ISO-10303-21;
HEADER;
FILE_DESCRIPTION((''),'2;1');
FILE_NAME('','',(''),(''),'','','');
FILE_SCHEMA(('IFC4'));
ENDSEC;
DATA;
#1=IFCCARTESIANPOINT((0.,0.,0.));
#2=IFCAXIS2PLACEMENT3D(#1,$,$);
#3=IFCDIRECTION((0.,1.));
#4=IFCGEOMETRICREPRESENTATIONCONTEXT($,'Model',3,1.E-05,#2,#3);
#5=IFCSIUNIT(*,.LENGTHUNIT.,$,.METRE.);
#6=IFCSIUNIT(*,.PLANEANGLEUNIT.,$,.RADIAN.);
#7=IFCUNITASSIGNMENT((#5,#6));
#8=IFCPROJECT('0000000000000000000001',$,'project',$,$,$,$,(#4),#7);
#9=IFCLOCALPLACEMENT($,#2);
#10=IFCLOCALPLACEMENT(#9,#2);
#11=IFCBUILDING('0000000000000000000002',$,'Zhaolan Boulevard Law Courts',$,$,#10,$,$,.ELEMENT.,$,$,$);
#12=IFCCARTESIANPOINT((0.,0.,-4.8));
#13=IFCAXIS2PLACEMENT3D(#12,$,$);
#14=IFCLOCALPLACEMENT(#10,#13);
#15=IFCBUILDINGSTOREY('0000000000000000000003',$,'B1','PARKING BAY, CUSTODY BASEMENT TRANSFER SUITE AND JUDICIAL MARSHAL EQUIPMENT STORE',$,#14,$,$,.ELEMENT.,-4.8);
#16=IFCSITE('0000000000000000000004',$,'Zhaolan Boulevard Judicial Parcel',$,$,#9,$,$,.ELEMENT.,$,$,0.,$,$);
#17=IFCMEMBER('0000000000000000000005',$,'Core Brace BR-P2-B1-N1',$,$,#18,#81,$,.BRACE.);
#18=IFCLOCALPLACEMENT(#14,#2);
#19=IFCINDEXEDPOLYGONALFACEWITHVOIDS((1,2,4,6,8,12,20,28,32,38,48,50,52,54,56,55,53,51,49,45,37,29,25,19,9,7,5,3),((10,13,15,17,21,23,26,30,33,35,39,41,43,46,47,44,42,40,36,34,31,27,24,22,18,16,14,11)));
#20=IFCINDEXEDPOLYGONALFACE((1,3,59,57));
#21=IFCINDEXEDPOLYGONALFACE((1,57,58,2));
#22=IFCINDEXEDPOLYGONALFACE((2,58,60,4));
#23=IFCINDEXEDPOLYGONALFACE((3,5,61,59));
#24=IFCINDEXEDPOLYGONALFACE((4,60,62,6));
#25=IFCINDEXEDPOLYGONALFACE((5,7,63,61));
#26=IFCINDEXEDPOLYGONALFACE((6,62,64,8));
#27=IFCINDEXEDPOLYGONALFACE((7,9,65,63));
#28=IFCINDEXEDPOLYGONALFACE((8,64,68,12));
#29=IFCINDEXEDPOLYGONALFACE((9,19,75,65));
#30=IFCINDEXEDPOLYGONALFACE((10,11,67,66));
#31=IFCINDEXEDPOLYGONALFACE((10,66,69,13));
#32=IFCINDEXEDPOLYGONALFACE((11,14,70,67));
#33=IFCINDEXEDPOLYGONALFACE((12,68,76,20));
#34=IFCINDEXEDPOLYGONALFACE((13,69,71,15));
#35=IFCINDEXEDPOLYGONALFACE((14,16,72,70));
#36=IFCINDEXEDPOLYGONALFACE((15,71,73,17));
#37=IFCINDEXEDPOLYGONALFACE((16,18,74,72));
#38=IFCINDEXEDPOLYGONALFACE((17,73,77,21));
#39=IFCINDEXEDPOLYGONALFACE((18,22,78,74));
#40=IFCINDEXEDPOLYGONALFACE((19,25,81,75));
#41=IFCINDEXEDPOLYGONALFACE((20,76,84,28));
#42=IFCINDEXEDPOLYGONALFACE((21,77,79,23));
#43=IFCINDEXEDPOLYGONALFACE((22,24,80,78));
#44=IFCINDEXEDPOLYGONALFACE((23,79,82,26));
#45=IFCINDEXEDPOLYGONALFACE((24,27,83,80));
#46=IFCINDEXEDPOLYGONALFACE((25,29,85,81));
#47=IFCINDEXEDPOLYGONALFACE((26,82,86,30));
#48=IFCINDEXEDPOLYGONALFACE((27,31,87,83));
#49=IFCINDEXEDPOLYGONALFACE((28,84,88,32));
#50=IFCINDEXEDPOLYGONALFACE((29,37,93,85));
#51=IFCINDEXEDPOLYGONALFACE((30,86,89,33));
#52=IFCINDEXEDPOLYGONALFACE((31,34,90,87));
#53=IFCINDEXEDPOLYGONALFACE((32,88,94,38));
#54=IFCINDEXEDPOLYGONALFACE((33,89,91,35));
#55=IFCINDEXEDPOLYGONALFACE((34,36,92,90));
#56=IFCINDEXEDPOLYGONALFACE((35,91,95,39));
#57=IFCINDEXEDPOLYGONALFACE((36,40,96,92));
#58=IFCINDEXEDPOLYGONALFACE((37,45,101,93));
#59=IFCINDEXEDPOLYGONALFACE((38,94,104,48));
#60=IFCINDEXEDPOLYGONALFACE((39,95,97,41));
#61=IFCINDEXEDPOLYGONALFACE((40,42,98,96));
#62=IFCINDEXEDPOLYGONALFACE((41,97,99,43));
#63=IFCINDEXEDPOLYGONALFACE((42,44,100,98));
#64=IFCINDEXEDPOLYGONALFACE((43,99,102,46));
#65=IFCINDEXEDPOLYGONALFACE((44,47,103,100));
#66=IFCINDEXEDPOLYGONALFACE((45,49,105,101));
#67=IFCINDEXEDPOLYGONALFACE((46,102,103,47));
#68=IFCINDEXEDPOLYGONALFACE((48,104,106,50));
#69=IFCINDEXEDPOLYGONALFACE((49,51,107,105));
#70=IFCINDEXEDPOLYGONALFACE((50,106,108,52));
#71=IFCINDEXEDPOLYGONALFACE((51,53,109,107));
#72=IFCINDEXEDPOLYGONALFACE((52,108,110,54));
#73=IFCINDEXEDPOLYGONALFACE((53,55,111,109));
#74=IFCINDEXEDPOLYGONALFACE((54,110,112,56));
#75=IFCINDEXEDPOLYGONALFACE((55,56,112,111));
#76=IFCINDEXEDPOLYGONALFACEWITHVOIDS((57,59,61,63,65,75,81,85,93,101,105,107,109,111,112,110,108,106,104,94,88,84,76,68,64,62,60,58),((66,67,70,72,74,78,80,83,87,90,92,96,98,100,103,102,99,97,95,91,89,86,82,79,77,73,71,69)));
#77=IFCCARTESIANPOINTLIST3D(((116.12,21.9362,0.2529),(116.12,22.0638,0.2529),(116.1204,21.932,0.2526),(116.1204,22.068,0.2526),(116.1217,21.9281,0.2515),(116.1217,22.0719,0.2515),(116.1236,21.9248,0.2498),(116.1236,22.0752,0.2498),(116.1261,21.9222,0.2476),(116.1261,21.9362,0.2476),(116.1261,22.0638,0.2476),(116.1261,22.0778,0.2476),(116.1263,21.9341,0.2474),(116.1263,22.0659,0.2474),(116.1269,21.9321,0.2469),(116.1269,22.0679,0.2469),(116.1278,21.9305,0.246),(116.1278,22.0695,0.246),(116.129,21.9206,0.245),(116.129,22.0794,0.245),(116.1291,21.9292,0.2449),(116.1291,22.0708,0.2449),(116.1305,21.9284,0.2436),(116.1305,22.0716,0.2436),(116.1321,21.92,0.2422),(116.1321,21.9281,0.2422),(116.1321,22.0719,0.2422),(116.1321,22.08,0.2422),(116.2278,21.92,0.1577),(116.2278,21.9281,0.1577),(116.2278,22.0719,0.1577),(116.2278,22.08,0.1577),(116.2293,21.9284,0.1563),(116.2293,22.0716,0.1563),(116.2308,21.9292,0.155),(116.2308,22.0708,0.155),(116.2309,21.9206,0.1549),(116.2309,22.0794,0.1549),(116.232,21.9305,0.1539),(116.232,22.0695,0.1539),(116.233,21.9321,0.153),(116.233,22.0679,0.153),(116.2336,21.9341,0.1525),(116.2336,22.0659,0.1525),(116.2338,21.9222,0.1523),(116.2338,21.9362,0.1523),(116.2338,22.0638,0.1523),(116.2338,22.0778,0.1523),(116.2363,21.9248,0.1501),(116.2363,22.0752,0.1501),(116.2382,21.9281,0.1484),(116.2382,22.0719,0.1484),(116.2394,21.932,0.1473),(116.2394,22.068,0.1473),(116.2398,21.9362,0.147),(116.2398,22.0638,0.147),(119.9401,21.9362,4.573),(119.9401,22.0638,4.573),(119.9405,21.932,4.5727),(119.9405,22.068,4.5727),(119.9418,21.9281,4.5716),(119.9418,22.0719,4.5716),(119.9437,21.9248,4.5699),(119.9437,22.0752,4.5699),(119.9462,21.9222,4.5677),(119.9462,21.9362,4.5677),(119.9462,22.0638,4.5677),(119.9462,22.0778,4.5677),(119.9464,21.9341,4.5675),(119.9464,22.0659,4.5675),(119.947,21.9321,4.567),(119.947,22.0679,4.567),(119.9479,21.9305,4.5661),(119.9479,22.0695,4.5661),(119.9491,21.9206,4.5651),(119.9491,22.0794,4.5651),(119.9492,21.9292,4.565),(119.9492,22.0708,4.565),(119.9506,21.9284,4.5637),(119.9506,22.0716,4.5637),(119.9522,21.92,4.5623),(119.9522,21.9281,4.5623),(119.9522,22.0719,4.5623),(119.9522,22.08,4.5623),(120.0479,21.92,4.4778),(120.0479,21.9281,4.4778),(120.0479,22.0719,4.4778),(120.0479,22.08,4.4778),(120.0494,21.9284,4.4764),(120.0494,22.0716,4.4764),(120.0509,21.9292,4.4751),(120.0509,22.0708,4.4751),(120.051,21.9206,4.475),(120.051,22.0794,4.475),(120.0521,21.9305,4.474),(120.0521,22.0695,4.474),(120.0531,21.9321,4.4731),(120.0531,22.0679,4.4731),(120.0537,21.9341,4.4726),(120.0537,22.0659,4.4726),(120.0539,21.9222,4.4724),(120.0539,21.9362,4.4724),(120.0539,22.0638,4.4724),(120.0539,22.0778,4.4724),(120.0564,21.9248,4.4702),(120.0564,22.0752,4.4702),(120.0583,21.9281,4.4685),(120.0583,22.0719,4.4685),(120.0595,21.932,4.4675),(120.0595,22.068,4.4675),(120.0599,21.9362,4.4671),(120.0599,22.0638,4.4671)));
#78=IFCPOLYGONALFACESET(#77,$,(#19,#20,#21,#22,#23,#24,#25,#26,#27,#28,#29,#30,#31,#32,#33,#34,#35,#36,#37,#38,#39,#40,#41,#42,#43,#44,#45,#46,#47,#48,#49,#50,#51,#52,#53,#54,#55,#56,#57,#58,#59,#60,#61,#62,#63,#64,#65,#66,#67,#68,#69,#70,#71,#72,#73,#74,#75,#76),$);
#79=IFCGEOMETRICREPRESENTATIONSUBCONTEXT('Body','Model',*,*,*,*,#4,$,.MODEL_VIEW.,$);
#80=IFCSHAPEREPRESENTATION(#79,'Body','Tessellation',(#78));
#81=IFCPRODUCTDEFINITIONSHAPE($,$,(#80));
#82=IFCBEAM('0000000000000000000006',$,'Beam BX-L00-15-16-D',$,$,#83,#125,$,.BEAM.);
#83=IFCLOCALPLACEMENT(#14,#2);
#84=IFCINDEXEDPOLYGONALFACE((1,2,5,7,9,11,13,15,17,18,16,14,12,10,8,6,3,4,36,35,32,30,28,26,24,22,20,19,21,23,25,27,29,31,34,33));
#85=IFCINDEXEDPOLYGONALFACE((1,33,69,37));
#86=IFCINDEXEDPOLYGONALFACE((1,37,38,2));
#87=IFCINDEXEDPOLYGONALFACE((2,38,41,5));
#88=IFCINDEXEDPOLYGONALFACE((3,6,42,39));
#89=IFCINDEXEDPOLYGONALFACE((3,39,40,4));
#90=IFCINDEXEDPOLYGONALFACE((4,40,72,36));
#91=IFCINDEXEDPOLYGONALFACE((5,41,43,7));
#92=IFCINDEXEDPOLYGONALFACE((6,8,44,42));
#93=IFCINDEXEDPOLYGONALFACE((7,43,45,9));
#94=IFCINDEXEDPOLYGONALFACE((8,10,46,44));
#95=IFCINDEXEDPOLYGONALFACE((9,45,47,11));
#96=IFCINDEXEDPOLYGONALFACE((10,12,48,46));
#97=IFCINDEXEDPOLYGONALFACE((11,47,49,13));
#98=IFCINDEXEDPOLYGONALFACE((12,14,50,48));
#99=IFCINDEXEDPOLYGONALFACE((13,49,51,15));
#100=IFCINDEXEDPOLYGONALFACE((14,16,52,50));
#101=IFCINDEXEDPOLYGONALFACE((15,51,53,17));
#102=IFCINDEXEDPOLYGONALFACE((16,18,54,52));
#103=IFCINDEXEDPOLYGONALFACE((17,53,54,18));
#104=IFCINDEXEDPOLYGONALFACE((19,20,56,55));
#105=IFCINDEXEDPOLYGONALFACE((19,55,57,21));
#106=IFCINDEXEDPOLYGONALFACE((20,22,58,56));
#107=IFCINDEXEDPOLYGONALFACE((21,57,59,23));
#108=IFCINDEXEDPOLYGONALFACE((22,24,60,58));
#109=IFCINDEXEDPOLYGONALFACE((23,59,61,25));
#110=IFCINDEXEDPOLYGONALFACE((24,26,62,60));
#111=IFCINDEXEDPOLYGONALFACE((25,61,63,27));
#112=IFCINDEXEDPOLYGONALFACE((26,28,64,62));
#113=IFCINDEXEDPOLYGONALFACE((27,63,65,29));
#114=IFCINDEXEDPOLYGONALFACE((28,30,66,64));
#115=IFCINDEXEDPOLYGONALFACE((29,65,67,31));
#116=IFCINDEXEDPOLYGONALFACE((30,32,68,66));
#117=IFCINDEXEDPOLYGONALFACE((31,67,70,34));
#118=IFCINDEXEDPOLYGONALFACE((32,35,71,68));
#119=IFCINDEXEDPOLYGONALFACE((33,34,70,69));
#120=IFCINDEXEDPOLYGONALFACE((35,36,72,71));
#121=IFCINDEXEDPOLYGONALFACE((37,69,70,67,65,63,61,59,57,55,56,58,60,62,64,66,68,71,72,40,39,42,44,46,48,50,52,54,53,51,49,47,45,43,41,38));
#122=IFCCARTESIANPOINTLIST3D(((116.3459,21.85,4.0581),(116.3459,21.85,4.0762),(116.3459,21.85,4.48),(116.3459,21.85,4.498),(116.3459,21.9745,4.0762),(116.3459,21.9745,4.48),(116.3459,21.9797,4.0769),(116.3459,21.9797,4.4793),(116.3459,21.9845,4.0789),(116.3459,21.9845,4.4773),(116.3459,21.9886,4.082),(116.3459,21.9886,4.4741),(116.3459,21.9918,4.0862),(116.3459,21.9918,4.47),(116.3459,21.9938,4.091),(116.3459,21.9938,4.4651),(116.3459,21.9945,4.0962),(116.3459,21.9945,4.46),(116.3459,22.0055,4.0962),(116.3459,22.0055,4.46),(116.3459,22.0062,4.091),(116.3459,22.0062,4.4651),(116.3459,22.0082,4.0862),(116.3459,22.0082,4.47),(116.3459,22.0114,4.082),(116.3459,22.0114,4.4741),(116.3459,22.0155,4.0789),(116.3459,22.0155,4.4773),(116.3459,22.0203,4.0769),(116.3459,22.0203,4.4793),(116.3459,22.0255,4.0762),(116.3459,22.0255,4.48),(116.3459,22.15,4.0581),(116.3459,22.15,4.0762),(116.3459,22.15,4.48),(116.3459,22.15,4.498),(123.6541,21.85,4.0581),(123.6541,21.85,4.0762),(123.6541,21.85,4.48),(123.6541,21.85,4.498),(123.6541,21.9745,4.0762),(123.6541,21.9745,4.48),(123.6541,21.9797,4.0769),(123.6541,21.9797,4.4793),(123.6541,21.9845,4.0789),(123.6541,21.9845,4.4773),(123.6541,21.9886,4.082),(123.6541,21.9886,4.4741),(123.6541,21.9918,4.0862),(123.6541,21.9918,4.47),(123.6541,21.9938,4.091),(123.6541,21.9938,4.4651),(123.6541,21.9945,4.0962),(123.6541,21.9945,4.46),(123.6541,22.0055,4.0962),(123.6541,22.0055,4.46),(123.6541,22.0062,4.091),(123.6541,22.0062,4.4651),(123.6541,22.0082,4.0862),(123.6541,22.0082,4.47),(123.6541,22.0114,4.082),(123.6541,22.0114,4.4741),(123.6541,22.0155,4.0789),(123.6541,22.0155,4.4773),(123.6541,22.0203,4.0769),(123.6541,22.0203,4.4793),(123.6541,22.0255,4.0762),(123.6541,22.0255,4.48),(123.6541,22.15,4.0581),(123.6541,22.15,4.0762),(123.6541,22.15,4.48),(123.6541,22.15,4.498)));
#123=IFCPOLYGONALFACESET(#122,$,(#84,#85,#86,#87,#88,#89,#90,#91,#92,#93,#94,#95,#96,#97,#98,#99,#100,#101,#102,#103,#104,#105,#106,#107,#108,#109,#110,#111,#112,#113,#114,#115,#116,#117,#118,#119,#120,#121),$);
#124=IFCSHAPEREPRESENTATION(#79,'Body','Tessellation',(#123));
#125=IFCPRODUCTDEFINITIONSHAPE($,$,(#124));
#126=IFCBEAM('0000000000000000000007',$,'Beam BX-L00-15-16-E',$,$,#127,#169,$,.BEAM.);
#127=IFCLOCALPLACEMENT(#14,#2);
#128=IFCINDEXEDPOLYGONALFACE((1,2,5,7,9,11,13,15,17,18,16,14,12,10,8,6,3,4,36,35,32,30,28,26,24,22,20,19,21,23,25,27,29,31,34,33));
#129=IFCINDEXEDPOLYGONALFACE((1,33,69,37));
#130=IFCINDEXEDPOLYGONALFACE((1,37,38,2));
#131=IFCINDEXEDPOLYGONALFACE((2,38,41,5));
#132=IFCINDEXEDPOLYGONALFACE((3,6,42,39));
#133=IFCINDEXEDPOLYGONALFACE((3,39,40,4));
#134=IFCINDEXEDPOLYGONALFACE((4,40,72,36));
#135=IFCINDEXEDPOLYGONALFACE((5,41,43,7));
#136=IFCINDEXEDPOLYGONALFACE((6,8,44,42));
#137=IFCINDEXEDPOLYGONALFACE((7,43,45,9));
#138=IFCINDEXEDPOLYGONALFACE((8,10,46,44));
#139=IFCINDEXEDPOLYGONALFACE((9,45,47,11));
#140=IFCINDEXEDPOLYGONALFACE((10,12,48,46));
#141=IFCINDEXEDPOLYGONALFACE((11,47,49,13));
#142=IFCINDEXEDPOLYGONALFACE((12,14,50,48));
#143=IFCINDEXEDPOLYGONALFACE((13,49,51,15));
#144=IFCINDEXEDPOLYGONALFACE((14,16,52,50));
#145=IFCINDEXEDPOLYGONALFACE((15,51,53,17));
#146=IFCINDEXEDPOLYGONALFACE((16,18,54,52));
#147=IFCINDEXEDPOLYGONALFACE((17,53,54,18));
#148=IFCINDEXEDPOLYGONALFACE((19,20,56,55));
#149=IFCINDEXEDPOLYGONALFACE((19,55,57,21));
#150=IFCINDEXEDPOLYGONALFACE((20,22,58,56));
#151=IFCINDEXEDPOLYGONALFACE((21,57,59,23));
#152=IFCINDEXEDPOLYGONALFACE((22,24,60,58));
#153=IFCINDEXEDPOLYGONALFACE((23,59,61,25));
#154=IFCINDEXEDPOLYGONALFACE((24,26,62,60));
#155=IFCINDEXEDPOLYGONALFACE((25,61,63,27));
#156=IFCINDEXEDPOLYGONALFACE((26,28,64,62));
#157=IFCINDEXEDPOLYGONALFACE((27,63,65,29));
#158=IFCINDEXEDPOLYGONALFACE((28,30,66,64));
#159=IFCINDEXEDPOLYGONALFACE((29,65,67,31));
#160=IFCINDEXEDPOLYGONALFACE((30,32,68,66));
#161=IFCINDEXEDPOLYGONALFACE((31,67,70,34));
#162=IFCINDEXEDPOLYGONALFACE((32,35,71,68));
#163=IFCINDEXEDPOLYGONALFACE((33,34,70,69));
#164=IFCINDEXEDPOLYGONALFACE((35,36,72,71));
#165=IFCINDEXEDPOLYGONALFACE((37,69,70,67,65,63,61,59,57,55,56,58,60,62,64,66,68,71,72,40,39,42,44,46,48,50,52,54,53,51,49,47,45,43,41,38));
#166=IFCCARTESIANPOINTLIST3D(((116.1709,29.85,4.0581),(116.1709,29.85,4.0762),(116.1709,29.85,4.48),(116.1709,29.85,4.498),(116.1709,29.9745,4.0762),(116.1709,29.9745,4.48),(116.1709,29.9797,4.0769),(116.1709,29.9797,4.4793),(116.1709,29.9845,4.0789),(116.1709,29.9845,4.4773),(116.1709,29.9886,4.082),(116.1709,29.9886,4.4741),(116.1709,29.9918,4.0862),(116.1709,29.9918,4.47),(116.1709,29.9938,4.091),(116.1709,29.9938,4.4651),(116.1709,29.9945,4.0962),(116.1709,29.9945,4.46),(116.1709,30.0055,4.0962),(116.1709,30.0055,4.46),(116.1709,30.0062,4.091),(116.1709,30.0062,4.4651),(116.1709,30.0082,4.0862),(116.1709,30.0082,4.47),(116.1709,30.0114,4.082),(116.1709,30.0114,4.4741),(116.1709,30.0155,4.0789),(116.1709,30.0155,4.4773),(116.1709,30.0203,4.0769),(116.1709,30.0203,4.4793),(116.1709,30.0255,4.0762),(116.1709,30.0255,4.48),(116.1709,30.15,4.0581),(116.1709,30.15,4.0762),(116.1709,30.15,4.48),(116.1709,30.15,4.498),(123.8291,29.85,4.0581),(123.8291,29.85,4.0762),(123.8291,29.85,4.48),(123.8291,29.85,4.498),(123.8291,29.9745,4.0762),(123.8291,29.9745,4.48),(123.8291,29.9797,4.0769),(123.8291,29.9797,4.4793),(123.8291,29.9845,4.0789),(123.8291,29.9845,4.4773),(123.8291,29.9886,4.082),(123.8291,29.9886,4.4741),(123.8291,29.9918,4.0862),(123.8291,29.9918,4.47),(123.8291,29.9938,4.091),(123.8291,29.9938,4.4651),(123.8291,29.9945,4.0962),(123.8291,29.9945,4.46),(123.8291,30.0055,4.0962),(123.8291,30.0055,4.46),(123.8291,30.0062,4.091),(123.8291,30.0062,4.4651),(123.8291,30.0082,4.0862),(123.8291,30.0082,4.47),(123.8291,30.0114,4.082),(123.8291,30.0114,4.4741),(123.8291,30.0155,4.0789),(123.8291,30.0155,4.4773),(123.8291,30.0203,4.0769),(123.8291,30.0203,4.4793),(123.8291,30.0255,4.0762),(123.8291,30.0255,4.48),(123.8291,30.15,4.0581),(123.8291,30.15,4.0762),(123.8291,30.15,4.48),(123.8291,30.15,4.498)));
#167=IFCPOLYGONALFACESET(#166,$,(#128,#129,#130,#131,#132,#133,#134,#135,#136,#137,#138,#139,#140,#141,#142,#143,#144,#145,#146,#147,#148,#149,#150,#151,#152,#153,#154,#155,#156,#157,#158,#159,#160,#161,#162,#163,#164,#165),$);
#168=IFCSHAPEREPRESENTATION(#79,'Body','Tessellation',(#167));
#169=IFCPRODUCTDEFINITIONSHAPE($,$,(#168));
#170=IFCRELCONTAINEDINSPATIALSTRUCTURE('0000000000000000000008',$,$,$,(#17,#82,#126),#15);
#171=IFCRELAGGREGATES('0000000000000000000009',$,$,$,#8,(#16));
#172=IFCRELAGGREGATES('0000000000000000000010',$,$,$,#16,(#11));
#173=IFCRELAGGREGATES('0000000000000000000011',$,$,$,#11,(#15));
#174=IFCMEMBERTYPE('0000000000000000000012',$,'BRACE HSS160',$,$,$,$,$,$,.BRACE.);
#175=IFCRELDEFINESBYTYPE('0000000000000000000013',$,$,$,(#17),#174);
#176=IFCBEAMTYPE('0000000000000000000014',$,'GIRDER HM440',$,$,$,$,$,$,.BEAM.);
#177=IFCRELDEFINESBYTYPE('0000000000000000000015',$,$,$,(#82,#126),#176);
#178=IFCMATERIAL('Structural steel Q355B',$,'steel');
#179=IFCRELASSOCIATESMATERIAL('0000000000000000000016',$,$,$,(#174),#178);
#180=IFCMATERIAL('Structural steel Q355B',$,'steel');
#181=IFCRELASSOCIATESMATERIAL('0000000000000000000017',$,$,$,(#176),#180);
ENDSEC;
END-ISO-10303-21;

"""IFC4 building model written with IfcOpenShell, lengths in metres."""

from ifc_helpers import new_model, si_unit, direction, frame, origin, origin_2d, place, context, subcontext, project, spatial, hollow_rectangle, i_section, extrude, material, material_profile, profile_set, type_object, element, save


model = new_model("IFC4")

# Units and contexts
model_context = context("Model", 3, precision=1e-05, world=origin(), true_north=direction((0.0, 1.0)))
body_context = subcontext(model_context, "Body", "Model", "MODEL_VIEW")
ifc_project = project(units=[si_unit("LENGTHUNIT", "METRE"), si_unit("PLANEANGLEUNIT", "RADIAN")], contexts=[model_context])

# Site, building, storey
site_placement = place(None, origin())
site = spatial("IfcSite", under=ifc_project, at=site_placement, Name="Zhaolan Boulevard Judicial Parcel", CompositionType="ELEMENT", RefElevation=0.0)
building_placement = place(site_placement, origin())
building = spatial("IfcBuilding", under=site, at=building_placement, Name="Zhaolan Boulevard Law Courts", CompositionType="ELEMENT")
storey_placement = place(building_placement, frame((0.0, 0.0, -4.8)))
storey = spatial("IfcBuildingStorey", under=building, at=storey_placement, Name="B1", Description="PARKING BAY, CUSTODY BASEMENT TRANSFER SUITE AND JUDICIAL MARSHAL EQUIPMENT STORE", CompositionType="ELEMENT", Elevation=-4.8)

# Member
ifc_material_1 = material(Name="Structural steel Q355B", Category="steel")
ifc_material_profile_1 = material_profile(ifc_material_1, hollow_rectangle(XDim=0.1599, YDim=0.1599, WallThickness=0.0081, InnerFilletRadius=0.0081, OuterFilletRadius=0.0161, at=origin_2d()), Name="HSS160x160x8")
ifc_profile_set_1 = profile_set([ifc_material_profile_1], Name="Structural steel Q355B")
member_type_1 = type_object("IfcMemberType", Name="BRACE HSS160", PredefinedType="BRACE", material=ifc_profile_set_1)
member_1_placement = place(storey_placement, frame((116.1799, 22.0, 0.2), z_axis=(0.662425, 0.0, 0.749128), x_axis=(0.0, 1.0, 0.0)))
element("IfcMember", 1, at=member_1_placement, inside=storey, type_object=member_type_1, Name="Core Brace BR-P2-B1-N1", PredefinedType="BRACE", context=body_context, shape_type="SweptSolid", body=[
    extrude(hollow_rectangle(XDim=0.1599, YDim=0.1599, WallThickness=0.0081, InnerFilletRadius=0.0081, OuterFilletRadius=0.0161, at=origin_2d()), origin(), (0.0, 0.0, 1.0), 5.7668),
])

# Beams
ifc_material_2 = material(Name="Structural steel Q355B", Category="steel")
ifc_material_profile_2 = material_profile(ifc_material_2, i_section(OverallWidth=0.3, OverallDepth=0.4399, WebThickness=0.011, FlangeThickness=0.0181, FilletRadius=0.02, at=origin_2d()), Name="HM440x300")
ifc_profile_set_2 = profile_set([ifc_material_profile_2], Name="Structural steel Q355B")
beam_type_1 = type_object("IfcBeamType", Name="GIRDER HM440", PredefinedType="BEAM", material=ifc_profile_set_2)
beam_1_placement = place(storey_placement, frame((116.3459, 22.0, 4.2781), z_axis=(1.0, 0.0, 0.0), x_axis=(0.0, 1.0, 0.0)))
element("IfcBeam", 2, at=beam_1_placement, inside=storey, type_object=beam_type_1, Name="Beam BX-L00-15-16-D", PredefinedType="BEAM", context=body_context, shape_type="SweptSolid", body=[
    extrude(i_section(OverallWidth=0.3, OverallDepth=0.4399, WebThickness=0.011, FlangeThickness=0.0181, FilletRadius=0.02, at=origin_2d()), origin(), (0.0, 0.0, 1.0), 7.3081),
])
beam_2_placement = place(storey_placement, frame((116.1709, 30.0, 4.2781), z_axis=(1.0, 0.0, 0.0), x_axis=(0.0, 1.0, 0.0)))
element("IfcBeam", 3, at=beam_2_placement, inside=storey, type_object=beam_type_1, Name="Beam BX-L00-15-16-E", PredefinedType="BEAM", context=body_context, shape_type="SweptSolid", body=[
    extrude(i_section(OverallWidth=0.3, OverallDepth=0.4399, WebThickness=0.011, FlangeThickness=0.0181, FilletRadius=0.02, at=origin_2d()), origin(), (0.0, 0.0, 1.0), 7.6582),
])

save(model, "model.ifc")
